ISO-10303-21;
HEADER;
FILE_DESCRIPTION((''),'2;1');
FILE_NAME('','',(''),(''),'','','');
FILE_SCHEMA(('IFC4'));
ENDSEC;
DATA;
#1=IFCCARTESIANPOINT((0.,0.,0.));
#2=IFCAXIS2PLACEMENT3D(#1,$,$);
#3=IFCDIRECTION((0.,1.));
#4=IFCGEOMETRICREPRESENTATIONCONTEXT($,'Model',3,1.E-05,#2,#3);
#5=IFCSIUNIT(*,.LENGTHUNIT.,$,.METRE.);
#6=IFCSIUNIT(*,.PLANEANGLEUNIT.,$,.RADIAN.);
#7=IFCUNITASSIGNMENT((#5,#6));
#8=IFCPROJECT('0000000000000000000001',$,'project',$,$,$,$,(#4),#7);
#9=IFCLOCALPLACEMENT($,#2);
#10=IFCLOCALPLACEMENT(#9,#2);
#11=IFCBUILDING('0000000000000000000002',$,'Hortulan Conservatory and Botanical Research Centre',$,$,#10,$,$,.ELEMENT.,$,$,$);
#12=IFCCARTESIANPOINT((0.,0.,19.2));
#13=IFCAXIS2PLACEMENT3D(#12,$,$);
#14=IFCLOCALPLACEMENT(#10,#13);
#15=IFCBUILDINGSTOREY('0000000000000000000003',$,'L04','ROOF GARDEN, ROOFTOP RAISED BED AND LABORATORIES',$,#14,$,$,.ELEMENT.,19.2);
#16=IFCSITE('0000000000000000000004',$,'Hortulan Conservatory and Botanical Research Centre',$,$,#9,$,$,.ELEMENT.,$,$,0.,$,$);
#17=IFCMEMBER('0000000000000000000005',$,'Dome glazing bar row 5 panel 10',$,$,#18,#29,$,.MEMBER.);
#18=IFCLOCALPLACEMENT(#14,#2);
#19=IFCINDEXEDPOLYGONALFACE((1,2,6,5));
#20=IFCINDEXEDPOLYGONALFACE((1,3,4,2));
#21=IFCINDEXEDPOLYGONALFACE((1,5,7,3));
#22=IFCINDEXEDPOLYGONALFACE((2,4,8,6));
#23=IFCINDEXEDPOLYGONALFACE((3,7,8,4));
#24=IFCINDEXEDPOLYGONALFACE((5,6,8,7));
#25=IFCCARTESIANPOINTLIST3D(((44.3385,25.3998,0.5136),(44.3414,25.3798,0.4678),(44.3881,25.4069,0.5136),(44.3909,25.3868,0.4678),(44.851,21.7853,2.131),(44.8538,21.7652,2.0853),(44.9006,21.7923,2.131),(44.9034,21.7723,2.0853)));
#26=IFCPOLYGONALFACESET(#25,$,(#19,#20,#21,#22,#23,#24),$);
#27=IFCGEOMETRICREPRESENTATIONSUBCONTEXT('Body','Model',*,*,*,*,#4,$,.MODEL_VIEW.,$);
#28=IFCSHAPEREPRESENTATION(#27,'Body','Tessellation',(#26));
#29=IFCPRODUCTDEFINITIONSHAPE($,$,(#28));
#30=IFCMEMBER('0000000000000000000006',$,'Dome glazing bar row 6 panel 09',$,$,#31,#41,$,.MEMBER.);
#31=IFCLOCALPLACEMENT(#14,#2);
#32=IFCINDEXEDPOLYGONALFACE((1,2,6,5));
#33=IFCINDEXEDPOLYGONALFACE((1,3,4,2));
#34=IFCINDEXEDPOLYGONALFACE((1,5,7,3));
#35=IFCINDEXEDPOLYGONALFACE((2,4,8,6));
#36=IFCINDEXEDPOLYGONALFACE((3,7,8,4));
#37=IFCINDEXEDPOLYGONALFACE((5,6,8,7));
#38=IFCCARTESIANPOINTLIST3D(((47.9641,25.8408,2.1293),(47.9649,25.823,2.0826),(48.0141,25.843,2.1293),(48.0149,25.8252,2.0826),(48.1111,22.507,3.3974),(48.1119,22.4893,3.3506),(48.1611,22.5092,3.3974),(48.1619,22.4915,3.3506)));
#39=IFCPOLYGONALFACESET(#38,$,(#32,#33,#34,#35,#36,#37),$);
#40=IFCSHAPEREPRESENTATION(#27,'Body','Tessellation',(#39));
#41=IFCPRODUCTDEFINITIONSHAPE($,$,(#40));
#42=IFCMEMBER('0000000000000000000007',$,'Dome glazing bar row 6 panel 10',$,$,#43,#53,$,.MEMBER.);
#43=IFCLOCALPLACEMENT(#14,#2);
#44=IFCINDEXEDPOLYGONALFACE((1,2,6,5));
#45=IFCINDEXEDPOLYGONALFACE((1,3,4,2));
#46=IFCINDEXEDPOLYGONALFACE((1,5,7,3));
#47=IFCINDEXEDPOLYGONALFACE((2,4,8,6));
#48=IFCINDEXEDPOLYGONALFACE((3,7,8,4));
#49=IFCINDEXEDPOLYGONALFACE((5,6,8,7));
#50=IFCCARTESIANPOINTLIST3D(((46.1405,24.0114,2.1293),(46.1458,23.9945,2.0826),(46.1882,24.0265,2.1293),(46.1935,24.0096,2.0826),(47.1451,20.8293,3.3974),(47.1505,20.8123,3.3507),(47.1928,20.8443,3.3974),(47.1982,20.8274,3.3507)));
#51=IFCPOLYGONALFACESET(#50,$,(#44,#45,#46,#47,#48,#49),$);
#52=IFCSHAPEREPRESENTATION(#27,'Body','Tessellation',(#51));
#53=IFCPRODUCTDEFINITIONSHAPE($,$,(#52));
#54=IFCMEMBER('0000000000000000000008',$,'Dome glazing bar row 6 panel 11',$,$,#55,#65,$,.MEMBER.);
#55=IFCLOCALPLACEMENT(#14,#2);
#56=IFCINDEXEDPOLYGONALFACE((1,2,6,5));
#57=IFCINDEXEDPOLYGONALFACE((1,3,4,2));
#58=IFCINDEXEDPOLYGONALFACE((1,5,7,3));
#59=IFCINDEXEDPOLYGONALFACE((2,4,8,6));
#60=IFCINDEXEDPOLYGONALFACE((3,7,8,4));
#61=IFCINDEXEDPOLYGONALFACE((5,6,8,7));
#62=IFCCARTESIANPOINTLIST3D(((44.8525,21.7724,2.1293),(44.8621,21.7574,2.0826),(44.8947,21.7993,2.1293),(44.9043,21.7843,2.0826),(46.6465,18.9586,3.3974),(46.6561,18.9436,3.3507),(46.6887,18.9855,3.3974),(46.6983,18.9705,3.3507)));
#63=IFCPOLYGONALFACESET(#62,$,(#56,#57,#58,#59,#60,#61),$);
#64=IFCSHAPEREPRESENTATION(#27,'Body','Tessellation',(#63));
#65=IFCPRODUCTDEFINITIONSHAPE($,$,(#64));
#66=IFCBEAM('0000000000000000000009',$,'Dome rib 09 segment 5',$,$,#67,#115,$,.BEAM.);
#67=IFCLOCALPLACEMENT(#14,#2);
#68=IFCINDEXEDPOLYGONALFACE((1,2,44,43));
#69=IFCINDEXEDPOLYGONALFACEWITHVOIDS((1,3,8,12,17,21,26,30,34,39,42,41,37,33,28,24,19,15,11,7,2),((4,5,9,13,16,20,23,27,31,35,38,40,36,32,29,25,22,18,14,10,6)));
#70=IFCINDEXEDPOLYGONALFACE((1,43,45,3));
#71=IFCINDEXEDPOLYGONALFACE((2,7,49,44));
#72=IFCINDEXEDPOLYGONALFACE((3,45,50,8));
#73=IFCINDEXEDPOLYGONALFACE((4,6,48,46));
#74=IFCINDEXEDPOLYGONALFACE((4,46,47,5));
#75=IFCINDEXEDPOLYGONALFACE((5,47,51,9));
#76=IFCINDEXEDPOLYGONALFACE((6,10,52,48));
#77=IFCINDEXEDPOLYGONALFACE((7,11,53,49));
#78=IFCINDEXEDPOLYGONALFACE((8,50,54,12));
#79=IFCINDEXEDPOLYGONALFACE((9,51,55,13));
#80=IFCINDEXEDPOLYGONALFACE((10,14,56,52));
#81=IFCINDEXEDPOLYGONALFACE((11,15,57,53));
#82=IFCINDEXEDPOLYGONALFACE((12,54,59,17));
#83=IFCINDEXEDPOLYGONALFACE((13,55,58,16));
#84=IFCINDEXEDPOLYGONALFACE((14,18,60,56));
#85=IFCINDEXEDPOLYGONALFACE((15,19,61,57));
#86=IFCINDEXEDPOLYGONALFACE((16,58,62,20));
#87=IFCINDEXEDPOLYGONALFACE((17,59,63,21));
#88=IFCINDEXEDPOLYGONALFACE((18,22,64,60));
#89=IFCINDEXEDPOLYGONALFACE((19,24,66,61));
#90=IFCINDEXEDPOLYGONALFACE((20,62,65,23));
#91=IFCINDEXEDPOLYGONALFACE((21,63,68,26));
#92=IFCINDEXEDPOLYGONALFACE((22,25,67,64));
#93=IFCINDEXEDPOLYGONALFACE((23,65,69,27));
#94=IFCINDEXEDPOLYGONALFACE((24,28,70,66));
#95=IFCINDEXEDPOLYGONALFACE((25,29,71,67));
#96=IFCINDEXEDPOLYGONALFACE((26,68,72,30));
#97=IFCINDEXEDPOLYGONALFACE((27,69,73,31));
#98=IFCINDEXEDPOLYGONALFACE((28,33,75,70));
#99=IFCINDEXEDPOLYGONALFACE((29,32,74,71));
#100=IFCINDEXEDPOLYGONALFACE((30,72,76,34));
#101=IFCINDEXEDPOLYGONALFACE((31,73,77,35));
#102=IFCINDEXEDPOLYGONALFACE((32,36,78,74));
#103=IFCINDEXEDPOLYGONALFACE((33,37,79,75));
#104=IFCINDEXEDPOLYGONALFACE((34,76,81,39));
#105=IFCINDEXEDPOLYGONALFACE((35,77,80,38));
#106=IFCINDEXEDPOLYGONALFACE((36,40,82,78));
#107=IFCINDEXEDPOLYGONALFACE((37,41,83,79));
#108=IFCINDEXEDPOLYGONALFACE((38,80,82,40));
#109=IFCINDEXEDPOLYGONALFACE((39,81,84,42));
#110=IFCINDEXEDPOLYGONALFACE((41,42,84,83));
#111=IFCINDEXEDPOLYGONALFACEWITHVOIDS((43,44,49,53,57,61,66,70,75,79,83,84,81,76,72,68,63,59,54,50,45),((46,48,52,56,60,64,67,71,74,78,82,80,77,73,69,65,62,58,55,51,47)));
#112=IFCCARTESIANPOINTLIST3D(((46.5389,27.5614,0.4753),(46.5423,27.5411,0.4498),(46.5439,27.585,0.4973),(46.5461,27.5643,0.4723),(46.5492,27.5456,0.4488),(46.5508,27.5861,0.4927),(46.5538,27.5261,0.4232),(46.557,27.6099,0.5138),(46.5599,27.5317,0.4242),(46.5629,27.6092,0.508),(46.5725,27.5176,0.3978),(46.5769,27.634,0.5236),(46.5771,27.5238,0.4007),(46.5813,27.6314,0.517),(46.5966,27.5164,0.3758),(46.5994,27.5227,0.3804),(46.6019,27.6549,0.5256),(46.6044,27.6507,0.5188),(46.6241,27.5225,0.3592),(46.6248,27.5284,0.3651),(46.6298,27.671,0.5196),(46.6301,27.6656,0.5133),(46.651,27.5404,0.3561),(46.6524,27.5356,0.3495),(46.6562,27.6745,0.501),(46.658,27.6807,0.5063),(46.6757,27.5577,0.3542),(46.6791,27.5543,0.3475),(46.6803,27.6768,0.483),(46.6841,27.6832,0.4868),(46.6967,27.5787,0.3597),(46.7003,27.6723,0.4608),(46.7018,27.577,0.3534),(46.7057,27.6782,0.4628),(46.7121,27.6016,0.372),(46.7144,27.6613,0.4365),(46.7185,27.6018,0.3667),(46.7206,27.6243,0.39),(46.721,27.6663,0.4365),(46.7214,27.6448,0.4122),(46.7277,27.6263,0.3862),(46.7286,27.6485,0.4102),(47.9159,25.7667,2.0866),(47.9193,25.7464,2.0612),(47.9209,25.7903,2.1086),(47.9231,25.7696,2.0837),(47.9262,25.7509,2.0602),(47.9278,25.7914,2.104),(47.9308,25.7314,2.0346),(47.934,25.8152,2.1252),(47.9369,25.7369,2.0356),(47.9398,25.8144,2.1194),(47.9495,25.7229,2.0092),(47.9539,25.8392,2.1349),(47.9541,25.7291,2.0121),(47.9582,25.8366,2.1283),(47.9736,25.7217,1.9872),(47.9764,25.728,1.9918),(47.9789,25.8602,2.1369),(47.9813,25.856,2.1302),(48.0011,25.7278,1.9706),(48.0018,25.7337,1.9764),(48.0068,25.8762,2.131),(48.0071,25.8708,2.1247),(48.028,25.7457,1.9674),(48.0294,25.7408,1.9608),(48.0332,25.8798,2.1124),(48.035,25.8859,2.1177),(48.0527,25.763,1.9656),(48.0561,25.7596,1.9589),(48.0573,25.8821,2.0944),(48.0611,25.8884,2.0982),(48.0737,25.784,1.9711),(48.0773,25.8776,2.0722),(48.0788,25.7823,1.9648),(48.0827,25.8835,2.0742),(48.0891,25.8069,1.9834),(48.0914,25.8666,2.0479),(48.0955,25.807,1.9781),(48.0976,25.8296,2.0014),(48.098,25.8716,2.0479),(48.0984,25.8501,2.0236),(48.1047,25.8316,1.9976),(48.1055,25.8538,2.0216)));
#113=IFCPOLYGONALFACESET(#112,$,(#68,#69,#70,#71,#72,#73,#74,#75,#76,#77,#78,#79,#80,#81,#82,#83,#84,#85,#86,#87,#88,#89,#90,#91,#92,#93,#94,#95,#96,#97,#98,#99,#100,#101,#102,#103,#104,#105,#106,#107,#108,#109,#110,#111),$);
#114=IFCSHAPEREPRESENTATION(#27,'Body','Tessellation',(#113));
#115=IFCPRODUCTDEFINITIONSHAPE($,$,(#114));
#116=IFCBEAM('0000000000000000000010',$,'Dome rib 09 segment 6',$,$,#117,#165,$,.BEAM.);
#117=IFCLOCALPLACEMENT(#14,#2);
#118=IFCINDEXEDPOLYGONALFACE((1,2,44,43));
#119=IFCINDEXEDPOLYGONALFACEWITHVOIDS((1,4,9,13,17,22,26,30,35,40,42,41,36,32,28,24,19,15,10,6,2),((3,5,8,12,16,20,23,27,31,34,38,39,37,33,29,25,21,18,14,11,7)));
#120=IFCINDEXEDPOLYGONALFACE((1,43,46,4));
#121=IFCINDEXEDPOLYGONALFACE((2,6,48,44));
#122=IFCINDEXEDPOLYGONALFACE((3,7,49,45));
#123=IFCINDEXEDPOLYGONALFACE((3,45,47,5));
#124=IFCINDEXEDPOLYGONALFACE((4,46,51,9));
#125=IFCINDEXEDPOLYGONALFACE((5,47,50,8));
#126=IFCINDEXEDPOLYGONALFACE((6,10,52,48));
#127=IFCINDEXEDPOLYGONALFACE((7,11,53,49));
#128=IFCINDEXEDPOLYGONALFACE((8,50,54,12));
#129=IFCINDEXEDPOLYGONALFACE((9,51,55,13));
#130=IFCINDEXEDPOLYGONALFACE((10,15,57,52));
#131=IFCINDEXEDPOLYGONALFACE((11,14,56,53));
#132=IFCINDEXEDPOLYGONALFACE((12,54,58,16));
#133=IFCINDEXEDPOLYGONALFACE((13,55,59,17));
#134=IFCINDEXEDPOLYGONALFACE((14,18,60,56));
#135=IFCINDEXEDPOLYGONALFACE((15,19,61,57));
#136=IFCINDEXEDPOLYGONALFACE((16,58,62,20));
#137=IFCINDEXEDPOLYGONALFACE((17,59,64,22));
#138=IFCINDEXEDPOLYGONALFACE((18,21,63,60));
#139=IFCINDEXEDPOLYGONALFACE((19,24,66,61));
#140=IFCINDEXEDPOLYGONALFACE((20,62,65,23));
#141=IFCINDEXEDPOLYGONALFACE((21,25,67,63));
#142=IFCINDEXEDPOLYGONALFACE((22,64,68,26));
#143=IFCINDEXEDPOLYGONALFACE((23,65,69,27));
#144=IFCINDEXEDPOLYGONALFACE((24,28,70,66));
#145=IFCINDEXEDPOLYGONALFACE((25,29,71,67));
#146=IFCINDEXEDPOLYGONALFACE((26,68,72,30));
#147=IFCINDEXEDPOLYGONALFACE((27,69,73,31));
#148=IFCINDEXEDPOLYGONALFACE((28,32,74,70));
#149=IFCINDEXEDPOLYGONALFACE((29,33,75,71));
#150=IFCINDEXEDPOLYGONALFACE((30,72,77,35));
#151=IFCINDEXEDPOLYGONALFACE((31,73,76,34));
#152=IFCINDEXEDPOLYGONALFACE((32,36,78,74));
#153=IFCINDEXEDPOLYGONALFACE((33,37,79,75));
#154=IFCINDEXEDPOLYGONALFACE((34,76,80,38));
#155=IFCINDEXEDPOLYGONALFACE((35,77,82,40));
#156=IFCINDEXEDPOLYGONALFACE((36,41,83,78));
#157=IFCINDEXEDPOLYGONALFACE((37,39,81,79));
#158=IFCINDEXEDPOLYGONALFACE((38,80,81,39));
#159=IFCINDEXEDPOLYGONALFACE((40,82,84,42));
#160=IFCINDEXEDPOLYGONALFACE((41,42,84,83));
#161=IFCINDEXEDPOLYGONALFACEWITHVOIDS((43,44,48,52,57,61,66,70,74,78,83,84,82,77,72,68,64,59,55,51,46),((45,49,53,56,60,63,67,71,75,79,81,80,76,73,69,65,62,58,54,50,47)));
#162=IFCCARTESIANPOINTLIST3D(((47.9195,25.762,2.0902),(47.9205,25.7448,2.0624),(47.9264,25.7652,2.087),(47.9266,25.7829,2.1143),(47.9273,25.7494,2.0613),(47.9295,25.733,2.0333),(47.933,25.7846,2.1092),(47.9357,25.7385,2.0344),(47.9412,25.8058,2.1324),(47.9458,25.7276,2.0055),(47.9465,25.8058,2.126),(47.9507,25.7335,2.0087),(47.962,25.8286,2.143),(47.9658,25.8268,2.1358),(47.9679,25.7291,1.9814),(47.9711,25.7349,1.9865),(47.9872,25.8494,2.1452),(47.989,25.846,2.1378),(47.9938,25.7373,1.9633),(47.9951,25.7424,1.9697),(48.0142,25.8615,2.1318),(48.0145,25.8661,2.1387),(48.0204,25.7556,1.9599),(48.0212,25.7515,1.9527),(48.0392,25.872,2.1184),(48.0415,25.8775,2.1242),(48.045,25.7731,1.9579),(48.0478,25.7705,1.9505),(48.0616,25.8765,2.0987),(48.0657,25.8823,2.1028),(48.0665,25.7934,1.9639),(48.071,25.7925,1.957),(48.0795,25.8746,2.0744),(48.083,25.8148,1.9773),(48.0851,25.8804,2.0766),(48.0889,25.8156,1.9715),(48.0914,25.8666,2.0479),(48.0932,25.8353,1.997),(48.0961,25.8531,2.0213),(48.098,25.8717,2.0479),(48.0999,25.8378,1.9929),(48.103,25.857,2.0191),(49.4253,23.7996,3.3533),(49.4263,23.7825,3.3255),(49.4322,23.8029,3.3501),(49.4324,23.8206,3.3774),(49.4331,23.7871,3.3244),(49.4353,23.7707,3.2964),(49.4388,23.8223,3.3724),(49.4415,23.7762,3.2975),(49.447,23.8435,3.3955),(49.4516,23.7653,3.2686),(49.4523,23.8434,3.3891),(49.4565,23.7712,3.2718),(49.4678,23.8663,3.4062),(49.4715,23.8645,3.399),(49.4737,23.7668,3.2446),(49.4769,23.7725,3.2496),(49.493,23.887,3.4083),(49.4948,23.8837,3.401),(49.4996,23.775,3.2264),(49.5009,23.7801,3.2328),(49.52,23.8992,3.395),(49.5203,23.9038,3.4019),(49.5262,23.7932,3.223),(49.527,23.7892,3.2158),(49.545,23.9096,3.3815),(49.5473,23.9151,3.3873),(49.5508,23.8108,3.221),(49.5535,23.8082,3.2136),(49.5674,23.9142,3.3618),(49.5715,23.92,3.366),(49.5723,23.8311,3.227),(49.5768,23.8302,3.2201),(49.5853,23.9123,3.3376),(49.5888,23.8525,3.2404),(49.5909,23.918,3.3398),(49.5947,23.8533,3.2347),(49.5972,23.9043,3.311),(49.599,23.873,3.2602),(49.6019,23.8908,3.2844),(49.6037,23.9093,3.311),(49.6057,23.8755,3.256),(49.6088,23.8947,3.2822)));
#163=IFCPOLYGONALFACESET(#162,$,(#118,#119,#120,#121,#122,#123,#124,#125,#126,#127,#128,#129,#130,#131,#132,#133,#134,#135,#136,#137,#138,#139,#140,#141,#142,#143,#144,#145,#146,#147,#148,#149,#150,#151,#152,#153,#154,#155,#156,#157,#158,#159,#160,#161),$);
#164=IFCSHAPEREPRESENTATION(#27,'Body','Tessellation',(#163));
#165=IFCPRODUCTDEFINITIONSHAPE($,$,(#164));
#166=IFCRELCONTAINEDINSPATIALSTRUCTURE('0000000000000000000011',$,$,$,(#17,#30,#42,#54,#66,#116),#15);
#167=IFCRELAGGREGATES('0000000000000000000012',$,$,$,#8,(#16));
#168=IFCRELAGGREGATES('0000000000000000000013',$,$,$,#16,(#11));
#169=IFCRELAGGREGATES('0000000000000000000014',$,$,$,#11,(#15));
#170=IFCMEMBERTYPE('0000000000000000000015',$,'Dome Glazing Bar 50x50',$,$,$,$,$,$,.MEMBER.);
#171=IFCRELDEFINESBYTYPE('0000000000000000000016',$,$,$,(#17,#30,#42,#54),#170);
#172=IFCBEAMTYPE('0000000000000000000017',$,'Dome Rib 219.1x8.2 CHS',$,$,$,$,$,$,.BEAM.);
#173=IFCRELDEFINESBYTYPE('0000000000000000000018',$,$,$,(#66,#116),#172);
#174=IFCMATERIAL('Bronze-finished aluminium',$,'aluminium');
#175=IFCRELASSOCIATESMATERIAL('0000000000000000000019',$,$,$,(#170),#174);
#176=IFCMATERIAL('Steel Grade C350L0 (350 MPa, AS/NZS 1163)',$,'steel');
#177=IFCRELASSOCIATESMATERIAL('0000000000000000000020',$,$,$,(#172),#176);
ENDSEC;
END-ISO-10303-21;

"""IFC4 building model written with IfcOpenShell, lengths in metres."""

from ifc_helpers import new_model, si_unit, direction, frame, origin, origin_2d, place, context, subcontext, project, spatial, rectangle, hollow_circle, extrude, material, material_profile, profile_set, type_object, element, save


model = new_model("IFC4")

# Units and contexts
model_context = context("Model", 3, precision=1e-05, world=origin(), true_north=direction((0.0, 1.0)))
body_context = subcontext(model_context, "Body", "Model", "MODEL_VIEW")
ifc_project = project(units=[si_unit("LENGTHUNIT", "METRE"), si_unit("PLANEANGLEUNIT", "RADIAN")], contexts=[model_context])

# Site, building, storey
site_placement = place(None, origin())
site = spatial("IfcSite", under=ifc_project, at=site_placement, Name="Hortulan Conservatory and Botanical Research Centre", CompositionType="ELEMENT", RefElevation=0.0)
building_placement = place(site_placement, origin())
building = spatial("IfcBuilding", under=site, at=building_placement, Name="Hortulan Conservatory and Botanical Research Centre", CompositionType="ELEMENT")
storey_placement = place(building_placement, frame((0.0, 0.0, 19.2)))
storey = spatial("IfcBuildingStorey", under=building, at=storey_placement, Name="L04", Description="ROOF GARDEN, ROOFTOP RAISED BED AND LABORATORIES", CompositionType="ELEMENT", Elevation=19.2)

# Members
ifc_material_1 = material(Name="Bronze-finished aluminium", Category="aluminium")
ifc_material_profile_1 = material_profile(ifc_material_1, rectangle(XDim=0.05, YDim=0.05, at=origin_2d()), Name="Square bar 50x50")
ifc_profile_set_1 = profile_set([ifc_material_profile_1], Name="Bronze-finished aluminium")
member_type_1 = type_object("IfcMemberType", Name="Dome Glazing Bar 50x50", PredefinedType="MEMBER", material=ifc_profile_set_1)
for number, where, z_axis, x_axis, name in (
    (1, (44.3647, 25.3933, 0.4907), (0.12834, -0.90523, 0.405076), (0.990099, 0.140373, 0.0), "Dome glazing bar row 5 panel 10"),
):
    element("IfcMember", number, at=place(storey_placement, frame(where, z_axis=z_axis, x_axis=x_axis)), inside=storey, type_object=member_type_1, Name=name, PredefinedType="MEMBER", context=body_context, shape_type="SweptSolid", body=[
        extrude(rectangle(XDim=0.05, YDim=0.05, at=origin_2d()), origin(), (0.0, 0.0, 1.0), 3.9929),
    ])
for number, where, z_axis, x_axis, name in (
    (2, (47.9895, 25.833, 2.106), (0.041171, -0.933875, 0.355221), (0.99903, 0.044044, 0.0), "Dome glazing bar row 6 panel 09"),
    (3, (46.167, 24.0105, 2.106), (0.28143, -0.891411, 0.355224), (0.953604, 0.301065, 0.0), "Dome glazing bar row 6 panel 10"),
    (4, (44.8784, 21.7783, 2.106), (0.502538, -0.788208, 0.355224), (0.8432, 0.5376, 0.0), "Dome glazing bar row 6 panel 11"),
):
    element("IfcMember", number, at=place(storey_placement, frame(where, z_axis=z_axis, x_axis=x_axis)), inside=storey, type_object=member_type_1, Name=name, PredefinedType="MEMBER", context=body_context, shape_type="SweptSolid", body=[
        extrude(rectangle(XDim=0.05, YDim=0.05, at=origin_2d()), origin(), (0.0, 0.0, 1.0), 3.5698),
    ])

# Beams
ifc_material_2 = material(Name="Steel Grade C350L0 (350 MPa, AS/NZS 1163)", Category="steel")
ifc_material_profile_2 = material_profile(ifc_material_2, hollow_circle(Radius=0.1096, WallThickness=0.0083, at=origin_2d()), Name="219.1x8.2CHS")
ifc_profile_set_2 = profile_set([ifc_material_profile_2], Name="Steel Grade C350L0 (350 MPa, AS/NZS 1163)")
beam_type = type_object("IfcBeamType", Name="Dome Rib 219.1x8.2 CHS", PredefinedType="BEAM", material=ifc_profile_set_2)
for number, where, z_axis, x_axis, name in (
    (5, (46.634, 27.5996, 0.4365), (0.495793, -0.646201, 0.580184), (0.793386, 0.608719, 0.0), "Dome rib 09 segment 5"),
    (6, (48.011, 25.8049, 2.0479), (0.542172, -0.706546, 0.454799), (0.793343, 0.608775, 0.0), "Dome rib 09 segment 6"),
):
    element("IfcBeam", number, at=place(storey_placement, frame(where, z_axis=z_axis, x_axis=x_axis)), inside=storey, type_object=beam_type, Name=name, PredefinedType="BEAM", context=body_context, shape_type="SweptSolid", body=[
        extrude(hollow_circle(Radius=0.1096, WallThickness=0.0083, at=origin_2d()), origin(), (0.0, 0.0, 1.0), 2.7773),
    ])

save(model, "model.ifc")
